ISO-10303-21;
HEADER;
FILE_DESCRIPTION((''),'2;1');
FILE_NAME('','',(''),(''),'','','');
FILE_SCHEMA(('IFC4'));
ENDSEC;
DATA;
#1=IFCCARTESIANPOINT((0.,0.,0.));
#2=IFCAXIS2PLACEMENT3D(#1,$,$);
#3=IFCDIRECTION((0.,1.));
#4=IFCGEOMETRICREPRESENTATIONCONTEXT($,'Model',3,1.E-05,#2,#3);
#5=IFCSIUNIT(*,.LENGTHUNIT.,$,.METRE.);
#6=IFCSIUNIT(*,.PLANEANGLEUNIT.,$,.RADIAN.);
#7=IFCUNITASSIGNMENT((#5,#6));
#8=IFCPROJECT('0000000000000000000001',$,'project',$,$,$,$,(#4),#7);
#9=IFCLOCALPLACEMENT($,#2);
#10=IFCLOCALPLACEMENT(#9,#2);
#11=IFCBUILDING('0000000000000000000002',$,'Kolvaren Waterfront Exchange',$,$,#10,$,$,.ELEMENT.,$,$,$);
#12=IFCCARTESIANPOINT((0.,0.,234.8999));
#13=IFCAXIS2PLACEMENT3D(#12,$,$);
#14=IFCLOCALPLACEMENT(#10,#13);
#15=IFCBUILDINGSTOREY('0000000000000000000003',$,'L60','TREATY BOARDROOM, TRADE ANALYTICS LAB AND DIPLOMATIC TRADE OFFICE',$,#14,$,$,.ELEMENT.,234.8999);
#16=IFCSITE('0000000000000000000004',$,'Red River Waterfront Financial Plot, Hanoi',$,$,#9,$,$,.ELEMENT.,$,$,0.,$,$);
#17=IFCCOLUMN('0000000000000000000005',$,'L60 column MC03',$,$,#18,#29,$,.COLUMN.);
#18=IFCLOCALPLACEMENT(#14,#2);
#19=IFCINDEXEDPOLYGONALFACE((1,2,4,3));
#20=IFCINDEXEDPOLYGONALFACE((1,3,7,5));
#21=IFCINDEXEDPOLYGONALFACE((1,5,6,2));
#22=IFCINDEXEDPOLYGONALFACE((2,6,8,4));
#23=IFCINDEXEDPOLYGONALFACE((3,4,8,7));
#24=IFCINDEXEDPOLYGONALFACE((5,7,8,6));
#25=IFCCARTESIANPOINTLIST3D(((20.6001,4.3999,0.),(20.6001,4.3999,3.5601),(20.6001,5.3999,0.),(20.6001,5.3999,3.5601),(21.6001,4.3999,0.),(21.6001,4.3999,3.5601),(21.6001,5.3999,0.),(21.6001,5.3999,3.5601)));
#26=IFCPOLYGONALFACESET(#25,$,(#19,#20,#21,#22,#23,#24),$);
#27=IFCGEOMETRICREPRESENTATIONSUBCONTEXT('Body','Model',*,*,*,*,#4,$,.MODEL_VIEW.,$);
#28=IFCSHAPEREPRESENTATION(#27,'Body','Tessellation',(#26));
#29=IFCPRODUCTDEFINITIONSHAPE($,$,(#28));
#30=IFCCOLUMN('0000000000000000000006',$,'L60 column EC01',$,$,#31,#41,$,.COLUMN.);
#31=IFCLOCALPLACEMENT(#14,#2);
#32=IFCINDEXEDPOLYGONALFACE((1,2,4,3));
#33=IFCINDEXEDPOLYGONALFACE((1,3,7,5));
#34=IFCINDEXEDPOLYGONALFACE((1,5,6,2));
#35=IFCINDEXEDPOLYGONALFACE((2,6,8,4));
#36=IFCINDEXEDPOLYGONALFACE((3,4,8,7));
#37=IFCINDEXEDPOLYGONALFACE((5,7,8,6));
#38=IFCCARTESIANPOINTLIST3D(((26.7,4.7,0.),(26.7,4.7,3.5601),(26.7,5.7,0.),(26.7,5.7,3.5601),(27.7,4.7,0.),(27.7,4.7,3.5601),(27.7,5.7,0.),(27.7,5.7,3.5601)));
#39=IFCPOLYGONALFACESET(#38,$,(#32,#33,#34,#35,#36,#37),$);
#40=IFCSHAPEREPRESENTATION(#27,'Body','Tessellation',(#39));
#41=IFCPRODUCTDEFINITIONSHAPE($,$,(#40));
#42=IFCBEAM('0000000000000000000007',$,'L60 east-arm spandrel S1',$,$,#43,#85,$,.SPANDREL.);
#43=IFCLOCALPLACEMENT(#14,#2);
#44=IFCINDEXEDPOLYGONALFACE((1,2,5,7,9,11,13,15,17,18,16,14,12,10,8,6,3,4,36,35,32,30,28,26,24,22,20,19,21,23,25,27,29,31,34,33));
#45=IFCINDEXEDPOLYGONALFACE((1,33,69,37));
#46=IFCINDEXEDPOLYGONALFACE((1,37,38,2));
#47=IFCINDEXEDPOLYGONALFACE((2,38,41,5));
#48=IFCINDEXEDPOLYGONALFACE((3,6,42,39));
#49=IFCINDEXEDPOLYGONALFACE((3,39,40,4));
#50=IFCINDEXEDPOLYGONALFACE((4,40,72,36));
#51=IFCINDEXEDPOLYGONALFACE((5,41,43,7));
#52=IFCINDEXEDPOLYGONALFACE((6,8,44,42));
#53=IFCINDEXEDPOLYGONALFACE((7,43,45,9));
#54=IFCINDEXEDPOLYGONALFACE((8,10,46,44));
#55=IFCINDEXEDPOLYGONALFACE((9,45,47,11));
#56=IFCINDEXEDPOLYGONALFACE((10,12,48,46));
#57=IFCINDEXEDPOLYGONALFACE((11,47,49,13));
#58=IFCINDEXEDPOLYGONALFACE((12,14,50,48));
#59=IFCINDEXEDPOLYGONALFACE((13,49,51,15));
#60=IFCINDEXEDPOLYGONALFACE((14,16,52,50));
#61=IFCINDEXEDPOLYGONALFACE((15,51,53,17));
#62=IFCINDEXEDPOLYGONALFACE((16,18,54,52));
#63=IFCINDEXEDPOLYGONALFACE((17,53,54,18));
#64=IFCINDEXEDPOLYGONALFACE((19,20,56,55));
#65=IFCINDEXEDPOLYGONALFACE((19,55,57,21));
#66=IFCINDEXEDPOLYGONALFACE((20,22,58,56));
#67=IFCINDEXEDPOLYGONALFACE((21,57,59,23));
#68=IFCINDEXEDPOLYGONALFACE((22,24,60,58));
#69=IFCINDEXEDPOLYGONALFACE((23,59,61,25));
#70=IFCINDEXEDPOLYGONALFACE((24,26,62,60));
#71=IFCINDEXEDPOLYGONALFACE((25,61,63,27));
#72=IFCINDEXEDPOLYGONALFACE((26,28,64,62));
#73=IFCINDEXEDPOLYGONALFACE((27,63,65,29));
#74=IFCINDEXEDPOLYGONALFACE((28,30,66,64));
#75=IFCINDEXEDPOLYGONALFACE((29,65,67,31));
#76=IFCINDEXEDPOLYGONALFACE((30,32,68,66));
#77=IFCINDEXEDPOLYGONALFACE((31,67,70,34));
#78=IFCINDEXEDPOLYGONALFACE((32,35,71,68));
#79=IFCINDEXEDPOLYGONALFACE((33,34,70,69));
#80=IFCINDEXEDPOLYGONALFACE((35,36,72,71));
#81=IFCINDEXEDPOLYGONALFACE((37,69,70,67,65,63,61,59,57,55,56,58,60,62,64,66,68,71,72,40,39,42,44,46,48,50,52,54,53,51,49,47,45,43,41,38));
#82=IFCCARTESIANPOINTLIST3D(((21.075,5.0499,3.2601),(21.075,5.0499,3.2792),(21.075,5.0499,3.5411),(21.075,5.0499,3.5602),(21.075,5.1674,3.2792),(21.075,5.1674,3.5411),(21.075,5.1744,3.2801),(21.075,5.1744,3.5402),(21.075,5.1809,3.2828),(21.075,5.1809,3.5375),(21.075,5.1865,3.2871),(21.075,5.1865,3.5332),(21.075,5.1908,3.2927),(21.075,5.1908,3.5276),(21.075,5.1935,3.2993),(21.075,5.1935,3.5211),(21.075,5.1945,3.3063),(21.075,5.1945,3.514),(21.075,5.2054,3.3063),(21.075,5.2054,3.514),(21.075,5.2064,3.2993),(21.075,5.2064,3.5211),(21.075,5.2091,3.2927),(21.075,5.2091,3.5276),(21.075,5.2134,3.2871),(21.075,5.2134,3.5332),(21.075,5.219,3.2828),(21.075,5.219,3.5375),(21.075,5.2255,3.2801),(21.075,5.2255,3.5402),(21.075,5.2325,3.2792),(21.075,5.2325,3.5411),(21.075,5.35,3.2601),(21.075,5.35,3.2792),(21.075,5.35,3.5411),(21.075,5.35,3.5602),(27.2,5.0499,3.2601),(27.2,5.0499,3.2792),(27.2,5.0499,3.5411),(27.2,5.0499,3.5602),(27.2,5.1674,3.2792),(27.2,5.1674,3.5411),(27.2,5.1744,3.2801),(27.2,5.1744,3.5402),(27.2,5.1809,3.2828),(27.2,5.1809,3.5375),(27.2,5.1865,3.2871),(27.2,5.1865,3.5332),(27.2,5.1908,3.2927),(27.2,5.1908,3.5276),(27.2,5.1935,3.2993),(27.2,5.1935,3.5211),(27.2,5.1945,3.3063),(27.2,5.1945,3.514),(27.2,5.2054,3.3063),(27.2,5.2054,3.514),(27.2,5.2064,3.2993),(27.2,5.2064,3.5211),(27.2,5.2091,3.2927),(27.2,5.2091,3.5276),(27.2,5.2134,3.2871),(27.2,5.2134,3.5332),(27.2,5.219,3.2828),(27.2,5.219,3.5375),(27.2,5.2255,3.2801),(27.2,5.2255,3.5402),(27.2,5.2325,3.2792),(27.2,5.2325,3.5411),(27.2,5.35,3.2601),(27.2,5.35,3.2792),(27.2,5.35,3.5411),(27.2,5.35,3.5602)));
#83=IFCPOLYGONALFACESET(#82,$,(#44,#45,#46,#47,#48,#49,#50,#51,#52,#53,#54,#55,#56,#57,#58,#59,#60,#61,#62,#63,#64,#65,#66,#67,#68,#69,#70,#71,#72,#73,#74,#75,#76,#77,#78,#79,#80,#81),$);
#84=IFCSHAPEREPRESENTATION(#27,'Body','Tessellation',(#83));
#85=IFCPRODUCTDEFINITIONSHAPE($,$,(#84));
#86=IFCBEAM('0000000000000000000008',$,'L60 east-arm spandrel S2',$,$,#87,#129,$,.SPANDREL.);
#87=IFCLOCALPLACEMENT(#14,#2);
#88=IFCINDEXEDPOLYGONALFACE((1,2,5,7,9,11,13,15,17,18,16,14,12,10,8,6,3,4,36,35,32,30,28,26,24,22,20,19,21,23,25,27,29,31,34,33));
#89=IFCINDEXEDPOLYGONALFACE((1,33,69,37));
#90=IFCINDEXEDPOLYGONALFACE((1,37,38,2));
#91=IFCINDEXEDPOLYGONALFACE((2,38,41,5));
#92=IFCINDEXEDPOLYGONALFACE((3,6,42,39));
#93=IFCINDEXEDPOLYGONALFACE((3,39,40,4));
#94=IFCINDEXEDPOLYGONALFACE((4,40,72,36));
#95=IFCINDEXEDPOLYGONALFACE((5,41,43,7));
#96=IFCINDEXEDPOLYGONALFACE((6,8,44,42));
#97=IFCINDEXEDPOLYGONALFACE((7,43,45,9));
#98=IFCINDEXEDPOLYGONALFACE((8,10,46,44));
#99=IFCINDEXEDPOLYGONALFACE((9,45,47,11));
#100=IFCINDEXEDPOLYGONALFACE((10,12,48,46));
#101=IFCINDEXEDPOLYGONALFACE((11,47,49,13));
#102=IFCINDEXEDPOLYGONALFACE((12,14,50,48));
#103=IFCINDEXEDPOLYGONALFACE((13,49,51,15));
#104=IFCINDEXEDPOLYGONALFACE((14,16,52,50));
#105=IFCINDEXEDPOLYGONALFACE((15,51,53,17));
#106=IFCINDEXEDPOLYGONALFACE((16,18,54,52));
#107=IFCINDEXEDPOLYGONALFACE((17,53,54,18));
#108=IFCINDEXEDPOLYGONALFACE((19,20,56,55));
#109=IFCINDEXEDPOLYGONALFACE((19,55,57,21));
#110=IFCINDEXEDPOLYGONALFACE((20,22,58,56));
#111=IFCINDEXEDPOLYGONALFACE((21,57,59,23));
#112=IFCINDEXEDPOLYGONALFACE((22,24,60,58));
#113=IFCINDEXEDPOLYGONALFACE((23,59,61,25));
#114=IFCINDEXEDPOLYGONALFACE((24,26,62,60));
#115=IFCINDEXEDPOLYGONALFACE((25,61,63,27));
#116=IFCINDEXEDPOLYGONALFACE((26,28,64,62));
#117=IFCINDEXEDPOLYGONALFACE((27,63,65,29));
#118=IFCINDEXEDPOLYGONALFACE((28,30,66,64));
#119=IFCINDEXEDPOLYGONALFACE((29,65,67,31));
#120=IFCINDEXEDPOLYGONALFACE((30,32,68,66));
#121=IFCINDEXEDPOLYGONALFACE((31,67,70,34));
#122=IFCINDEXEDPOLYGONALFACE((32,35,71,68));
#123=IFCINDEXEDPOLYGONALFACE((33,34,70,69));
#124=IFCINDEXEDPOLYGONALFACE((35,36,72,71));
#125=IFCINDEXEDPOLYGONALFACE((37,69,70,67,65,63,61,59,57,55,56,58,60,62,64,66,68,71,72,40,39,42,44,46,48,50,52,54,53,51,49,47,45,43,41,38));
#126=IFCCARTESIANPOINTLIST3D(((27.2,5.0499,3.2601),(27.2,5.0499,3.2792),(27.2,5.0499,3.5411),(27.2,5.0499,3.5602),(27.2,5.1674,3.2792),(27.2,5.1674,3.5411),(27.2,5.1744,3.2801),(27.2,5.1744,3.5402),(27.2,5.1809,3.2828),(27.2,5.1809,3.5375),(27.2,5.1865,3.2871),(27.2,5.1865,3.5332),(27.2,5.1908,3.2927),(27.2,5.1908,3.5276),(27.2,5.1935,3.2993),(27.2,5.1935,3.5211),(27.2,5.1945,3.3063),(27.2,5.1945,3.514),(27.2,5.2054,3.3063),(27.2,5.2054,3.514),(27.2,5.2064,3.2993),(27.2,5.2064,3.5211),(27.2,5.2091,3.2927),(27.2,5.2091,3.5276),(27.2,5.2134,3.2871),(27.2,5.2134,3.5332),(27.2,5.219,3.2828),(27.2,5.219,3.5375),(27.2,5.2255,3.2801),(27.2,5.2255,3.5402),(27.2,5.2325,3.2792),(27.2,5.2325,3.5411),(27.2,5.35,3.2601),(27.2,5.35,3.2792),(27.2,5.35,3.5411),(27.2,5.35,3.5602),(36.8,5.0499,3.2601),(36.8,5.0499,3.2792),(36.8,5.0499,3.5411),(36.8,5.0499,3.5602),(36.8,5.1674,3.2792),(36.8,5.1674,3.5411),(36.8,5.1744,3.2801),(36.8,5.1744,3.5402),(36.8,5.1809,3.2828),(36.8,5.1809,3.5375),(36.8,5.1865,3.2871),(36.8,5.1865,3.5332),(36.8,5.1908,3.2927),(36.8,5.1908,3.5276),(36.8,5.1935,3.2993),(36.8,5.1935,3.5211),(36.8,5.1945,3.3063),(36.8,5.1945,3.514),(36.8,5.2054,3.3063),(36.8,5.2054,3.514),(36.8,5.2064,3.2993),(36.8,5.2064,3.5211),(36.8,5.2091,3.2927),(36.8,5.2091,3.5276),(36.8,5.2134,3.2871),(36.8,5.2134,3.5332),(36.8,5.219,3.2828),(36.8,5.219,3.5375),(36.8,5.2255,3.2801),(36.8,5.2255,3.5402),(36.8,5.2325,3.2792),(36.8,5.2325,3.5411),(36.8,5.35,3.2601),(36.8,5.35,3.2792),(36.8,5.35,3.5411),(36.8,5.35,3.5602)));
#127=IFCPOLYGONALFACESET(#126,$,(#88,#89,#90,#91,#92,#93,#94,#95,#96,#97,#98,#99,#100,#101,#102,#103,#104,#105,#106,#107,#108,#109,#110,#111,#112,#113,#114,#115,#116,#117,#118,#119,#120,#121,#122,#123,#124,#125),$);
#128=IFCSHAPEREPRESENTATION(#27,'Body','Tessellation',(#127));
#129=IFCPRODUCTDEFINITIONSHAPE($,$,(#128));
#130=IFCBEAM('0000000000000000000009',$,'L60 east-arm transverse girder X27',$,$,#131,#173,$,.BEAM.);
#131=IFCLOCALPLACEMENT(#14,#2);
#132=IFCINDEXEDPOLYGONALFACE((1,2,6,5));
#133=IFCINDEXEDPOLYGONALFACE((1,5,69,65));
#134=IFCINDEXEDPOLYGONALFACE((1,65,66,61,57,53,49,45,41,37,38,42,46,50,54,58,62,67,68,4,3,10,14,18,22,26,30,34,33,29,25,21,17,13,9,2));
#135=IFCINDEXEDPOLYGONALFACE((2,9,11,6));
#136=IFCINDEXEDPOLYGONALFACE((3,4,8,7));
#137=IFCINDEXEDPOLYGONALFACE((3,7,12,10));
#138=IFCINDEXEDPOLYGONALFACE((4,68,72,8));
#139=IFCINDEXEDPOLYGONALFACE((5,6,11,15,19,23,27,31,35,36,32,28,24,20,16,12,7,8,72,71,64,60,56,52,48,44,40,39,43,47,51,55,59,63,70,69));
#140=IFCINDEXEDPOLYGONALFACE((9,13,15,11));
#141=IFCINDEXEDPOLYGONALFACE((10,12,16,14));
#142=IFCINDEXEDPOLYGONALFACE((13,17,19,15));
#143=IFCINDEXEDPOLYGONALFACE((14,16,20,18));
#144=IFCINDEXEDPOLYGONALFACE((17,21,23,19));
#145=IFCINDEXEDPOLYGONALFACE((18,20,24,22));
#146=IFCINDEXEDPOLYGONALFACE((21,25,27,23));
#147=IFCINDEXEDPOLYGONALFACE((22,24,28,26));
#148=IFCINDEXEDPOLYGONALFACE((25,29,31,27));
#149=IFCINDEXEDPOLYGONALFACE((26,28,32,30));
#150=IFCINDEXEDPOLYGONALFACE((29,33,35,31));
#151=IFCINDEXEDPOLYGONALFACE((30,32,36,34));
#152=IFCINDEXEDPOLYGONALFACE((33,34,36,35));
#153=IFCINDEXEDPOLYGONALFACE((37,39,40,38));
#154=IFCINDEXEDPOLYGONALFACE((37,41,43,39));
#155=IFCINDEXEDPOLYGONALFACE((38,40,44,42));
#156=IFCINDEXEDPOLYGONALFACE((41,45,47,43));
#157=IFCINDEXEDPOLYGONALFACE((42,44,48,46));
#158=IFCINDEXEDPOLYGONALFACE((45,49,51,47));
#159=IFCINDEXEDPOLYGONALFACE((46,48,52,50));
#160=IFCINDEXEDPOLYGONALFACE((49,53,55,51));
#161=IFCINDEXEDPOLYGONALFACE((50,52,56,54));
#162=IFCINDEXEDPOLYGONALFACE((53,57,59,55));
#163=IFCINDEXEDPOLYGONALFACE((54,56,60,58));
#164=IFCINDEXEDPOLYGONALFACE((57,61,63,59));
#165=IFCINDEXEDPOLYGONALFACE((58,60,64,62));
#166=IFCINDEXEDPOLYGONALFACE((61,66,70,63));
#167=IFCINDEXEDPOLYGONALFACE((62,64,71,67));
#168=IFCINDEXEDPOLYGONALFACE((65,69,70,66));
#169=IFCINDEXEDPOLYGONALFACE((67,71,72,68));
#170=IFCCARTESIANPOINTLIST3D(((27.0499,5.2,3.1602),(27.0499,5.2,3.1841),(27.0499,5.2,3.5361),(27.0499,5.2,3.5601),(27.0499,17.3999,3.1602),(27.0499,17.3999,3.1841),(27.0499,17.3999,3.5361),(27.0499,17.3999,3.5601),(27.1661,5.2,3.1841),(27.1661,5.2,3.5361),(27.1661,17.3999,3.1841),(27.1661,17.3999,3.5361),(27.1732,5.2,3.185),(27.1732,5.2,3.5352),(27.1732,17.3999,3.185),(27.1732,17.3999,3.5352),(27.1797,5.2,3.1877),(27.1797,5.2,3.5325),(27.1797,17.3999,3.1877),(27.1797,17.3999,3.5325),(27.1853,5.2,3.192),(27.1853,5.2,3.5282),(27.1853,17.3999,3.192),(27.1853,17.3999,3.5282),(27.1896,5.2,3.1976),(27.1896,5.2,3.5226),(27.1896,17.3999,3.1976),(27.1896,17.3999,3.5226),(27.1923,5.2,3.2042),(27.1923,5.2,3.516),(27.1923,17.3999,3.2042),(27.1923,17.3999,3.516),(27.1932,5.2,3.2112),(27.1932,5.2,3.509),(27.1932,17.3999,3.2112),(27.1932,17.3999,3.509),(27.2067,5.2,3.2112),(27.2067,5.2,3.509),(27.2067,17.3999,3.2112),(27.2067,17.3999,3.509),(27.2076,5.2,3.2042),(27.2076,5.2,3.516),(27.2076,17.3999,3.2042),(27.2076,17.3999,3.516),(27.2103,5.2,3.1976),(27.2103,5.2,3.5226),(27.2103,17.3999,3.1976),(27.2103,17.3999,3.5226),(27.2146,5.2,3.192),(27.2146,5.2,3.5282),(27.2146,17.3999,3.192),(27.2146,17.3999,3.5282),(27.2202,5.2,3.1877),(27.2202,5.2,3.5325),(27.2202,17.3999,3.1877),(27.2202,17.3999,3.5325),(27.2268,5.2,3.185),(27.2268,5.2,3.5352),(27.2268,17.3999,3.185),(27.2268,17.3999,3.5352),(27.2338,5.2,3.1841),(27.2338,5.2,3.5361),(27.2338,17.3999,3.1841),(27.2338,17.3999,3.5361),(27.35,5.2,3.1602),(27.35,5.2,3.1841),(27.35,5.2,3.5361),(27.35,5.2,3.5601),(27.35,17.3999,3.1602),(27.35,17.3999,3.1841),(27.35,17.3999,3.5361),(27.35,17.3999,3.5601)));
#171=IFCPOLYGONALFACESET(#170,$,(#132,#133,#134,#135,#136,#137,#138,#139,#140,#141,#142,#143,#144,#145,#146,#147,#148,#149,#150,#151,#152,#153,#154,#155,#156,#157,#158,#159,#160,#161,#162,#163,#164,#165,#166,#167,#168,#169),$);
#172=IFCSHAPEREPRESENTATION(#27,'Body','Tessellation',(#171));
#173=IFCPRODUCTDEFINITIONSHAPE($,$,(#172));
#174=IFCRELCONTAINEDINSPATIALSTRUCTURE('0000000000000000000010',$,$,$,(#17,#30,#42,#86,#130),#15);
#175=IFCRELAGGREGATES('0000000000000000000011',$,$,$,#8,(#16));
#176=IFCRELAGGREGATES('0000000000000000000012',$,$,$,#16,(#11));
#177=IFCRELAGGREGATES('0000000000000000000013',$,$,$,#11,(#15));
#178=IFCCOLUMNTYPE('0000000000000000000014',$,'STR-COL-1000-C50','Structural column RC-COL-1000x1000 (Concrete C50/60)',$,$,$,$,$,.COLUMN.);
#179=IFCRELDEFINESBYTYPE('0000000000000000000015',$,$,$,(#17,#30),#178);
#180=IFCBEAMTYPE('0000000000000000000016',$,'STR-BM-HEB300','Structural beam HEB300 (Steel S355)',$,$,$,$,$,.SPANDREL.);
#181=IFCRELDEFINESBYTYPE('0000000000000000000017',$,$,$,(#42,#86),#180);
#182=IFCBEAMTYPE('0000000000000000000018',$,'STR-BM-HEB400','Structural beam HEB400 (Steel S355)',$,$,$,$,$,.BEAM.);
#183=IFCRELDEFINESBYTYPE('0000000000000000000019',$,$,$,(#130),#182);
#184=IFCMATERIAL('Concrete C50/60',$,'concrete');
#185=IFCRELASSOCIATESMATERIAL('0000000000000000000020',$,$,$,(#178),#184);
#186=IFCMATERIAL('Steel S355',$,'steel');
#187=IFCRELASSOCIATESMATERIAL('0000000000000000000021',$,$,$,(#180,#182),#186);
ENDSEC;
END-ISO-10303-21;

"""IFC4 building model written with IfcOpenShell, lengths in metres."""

from ifc_helpers import new_model, si_unit, direction, frame, origin, origin_2d, place, context, subcontext, project, spatial, rectangle, i_section, extrude, material, material_profile, profile_set, type_object, element, save


model = new_model("IFC4")

# Units and contexts
model_context = context("Model", 3, precision=1e-05, world=origin(), true_north=direction((0.0, 1.0)))
body_context = subcontext(model_context, "Body", "Model", "MODEL_VIEW")
ifc_project = project(units=[si_unit("LENGTHUNIT", "METRE"), si_unit("PLANEANGLEUNIT", "RADIAN")], contexts=[model_context])

# Site, building, storey
site_placement = place(None, origin())
site = spatial("IfcSite", under=ifc_project, at=site_placement, Name="Red River Waterfront Financial Plot, Hanoi", CompositionType="ELEMENT", RefElevation=0.0)
building_placement = place(site_placement, origin())
building = spatial("IfcBuilding", under=site, at=building_placement, Name="Kolvaren Waterfront Exchange", CompositionType="ELEMENT")
storey_placement = place(building_placement, frame((0.0, 0.0, 234.8999)))
storey = spatial("IfcBuildingStorey", under=building, at=storey_placement, Name="L60", Description="TREATY BOARDROOM, TRADE ANALYTICS LAB AND DIPLOMATIC TRADE OFFICE", CompositionType="ELEMENT", Elevation=234.8999)

# Columns
ifc_material_1 = material(Name="Concrete C50/60", Category="concrete")
ifc_material_profile_1 = material_profile(ifc_material_1, rectangle(XDim=1.0, YDim=1.0, at=origin_2d()), Name="RC-COL-1000x1000")
ifc_profile_set_1 = profile_set([ifc_material_profile_1], Name="Concrete C50/60")
column_type = type_object("IfcColumnType", Name="STR-COL-1000-C50", Description="Structural column RC-COL-1000x1000 (Concrete C50/60)", PredefinedType="COLUMN", material=ifc_profile_set_1)
for number, where, z_axis, x_axis, name in (
    (1, (21.1001, 4.8999, 0.0), (0.0, 0.0, 1.0), (1.0, 0.0, 0.0), "L60 column MC03"),
    (2, (27.2, 5.2, 0.0), (0.0, 0.0, 1.0), (1.0, 0.0, 0.0), "L60 column EC01"),
):
    element("IfcColumn", number, at=place(storey_placement, frame(where, z_axis=z_axis, x_axis=x_axis)), inside=storey, type_object=column_type, Name=name, PredefinedType="COLUMN", context=body_context, shape_type="SweptSolid", body=[
        extrude(rectangle(XDim=1.0, YDim=1.0, at=origin_2d()), origin(), (0.0, 0.0, 1.0), 3.5601),
    ])

# Beams
ifc_material_2 = material(Name="Steel S355", Category="steel")
ifc_material_profile_2 = material_profile(ifc_material_2, i_section(OverallWidth=0.3, OverallDepth=0.3, WebThickness=0.011, FlangeThickness=0.019, FilletRadius=0.0271, at=origin_2d()), Name="HEB300")
ifc_profile_set_2 = profile_set([ifc_material_profile_2], Name="Steel S355")
beam_type_1 = type_object("IfcBeamType", Name="STR-BM-HEB300", Description="Structural beam HEB300 (Steel S355)", PredefinedType="SPANDREL", material=ifc_profile_set_2)
beam_1_placement = place(storey_placement, frame((21.075, 5.2, 3.4102), z_axis=(1.0, 0.0, 0.0), x_axis=(0.0, 1.0, 0.0)))
element("IfcBeam", 3, at=beam_1_placement, inside=storey, type_object=beam_type_1, Name="L60 east-arm spandrel S1", PredefinedType="SPANDREL", context=body_context, shape_type="SweptSolid", body=[
    extrude(i_section(OverallWidth=0.3, OverallDepth=0.3, WebThickness=0.011, FlangeThickness=0.019, FilletRadius=0.0271, at=origin_2d()), origin(), (0.0, 0.0, 1.0), 6.125),
])
beam_2_placement = place(storey_placement, frame((27.2, 5.2, 3.4102), z_axis=(1.0, 0.0, 0.0), x_axis=(0.0, 1.0, 0.0)))
element("IfcBeam", 4, at=beam_2_placement, inside=storey, type_object=beam_type_1, Name="L60 east-arm spandrel S2", PredefinedType="SPANDREL", context=body_context, shape_type="SweptSolid", body=[
    extrude(i_section(OverallWidth=0.3, OverallDepth=0.3, WebThickness=0.011, FlangeThickness=0.019, FilletRadius=0.0271, at=origin_2d()), origin(), (0.0, 0.0, 1.0), 9.6001),
])
ifc_material_profile_3 = material_profile(ifc_material_2, i_section(OverallWidth=0.3, OverallDepth=0.3999, WebThickness=0.0134, FlangeThickness=0.0239, FilletRadius=0.0271, at=origin_2d()), Name="HEB400")
ifc_profile_set_3 = profile_set([ifc_material_profile_3], Name="Steel S355")
beam_type_2 = type_object("IfcBeamType", Name="STR-BM-HEB400", Description="Structural beam HEB400 (Steel S355)", PredefinedType="BEAM", material=ifc_profile_set_3)
beam_3_placement = place(storey_placement, frame((27.2, 5.2, 3.3601), z_axis=(0.0, 1.0, 0.0), x_axis=(-1.0, 0.0, 0.0)))
element("IfcBeam", 5, at=beam_3_placement, inside=storey, type_object=beam_type_2, Name="L60 east-arm transverse girder X27", PredefinedType="BEAM", context=body_context, shape_type="SweptSolid", body=[
    extrude(i_section(OverallWidth=0.3, OverallDepth=0.3999, WebThickness=0.0134, FlangeThickness=0.0239, FilletRadius=0.0271, at=origin_2d()), origin(), (0.0, 0.0, 1.0), 12.2),
])

save(model, "model.ifc")
